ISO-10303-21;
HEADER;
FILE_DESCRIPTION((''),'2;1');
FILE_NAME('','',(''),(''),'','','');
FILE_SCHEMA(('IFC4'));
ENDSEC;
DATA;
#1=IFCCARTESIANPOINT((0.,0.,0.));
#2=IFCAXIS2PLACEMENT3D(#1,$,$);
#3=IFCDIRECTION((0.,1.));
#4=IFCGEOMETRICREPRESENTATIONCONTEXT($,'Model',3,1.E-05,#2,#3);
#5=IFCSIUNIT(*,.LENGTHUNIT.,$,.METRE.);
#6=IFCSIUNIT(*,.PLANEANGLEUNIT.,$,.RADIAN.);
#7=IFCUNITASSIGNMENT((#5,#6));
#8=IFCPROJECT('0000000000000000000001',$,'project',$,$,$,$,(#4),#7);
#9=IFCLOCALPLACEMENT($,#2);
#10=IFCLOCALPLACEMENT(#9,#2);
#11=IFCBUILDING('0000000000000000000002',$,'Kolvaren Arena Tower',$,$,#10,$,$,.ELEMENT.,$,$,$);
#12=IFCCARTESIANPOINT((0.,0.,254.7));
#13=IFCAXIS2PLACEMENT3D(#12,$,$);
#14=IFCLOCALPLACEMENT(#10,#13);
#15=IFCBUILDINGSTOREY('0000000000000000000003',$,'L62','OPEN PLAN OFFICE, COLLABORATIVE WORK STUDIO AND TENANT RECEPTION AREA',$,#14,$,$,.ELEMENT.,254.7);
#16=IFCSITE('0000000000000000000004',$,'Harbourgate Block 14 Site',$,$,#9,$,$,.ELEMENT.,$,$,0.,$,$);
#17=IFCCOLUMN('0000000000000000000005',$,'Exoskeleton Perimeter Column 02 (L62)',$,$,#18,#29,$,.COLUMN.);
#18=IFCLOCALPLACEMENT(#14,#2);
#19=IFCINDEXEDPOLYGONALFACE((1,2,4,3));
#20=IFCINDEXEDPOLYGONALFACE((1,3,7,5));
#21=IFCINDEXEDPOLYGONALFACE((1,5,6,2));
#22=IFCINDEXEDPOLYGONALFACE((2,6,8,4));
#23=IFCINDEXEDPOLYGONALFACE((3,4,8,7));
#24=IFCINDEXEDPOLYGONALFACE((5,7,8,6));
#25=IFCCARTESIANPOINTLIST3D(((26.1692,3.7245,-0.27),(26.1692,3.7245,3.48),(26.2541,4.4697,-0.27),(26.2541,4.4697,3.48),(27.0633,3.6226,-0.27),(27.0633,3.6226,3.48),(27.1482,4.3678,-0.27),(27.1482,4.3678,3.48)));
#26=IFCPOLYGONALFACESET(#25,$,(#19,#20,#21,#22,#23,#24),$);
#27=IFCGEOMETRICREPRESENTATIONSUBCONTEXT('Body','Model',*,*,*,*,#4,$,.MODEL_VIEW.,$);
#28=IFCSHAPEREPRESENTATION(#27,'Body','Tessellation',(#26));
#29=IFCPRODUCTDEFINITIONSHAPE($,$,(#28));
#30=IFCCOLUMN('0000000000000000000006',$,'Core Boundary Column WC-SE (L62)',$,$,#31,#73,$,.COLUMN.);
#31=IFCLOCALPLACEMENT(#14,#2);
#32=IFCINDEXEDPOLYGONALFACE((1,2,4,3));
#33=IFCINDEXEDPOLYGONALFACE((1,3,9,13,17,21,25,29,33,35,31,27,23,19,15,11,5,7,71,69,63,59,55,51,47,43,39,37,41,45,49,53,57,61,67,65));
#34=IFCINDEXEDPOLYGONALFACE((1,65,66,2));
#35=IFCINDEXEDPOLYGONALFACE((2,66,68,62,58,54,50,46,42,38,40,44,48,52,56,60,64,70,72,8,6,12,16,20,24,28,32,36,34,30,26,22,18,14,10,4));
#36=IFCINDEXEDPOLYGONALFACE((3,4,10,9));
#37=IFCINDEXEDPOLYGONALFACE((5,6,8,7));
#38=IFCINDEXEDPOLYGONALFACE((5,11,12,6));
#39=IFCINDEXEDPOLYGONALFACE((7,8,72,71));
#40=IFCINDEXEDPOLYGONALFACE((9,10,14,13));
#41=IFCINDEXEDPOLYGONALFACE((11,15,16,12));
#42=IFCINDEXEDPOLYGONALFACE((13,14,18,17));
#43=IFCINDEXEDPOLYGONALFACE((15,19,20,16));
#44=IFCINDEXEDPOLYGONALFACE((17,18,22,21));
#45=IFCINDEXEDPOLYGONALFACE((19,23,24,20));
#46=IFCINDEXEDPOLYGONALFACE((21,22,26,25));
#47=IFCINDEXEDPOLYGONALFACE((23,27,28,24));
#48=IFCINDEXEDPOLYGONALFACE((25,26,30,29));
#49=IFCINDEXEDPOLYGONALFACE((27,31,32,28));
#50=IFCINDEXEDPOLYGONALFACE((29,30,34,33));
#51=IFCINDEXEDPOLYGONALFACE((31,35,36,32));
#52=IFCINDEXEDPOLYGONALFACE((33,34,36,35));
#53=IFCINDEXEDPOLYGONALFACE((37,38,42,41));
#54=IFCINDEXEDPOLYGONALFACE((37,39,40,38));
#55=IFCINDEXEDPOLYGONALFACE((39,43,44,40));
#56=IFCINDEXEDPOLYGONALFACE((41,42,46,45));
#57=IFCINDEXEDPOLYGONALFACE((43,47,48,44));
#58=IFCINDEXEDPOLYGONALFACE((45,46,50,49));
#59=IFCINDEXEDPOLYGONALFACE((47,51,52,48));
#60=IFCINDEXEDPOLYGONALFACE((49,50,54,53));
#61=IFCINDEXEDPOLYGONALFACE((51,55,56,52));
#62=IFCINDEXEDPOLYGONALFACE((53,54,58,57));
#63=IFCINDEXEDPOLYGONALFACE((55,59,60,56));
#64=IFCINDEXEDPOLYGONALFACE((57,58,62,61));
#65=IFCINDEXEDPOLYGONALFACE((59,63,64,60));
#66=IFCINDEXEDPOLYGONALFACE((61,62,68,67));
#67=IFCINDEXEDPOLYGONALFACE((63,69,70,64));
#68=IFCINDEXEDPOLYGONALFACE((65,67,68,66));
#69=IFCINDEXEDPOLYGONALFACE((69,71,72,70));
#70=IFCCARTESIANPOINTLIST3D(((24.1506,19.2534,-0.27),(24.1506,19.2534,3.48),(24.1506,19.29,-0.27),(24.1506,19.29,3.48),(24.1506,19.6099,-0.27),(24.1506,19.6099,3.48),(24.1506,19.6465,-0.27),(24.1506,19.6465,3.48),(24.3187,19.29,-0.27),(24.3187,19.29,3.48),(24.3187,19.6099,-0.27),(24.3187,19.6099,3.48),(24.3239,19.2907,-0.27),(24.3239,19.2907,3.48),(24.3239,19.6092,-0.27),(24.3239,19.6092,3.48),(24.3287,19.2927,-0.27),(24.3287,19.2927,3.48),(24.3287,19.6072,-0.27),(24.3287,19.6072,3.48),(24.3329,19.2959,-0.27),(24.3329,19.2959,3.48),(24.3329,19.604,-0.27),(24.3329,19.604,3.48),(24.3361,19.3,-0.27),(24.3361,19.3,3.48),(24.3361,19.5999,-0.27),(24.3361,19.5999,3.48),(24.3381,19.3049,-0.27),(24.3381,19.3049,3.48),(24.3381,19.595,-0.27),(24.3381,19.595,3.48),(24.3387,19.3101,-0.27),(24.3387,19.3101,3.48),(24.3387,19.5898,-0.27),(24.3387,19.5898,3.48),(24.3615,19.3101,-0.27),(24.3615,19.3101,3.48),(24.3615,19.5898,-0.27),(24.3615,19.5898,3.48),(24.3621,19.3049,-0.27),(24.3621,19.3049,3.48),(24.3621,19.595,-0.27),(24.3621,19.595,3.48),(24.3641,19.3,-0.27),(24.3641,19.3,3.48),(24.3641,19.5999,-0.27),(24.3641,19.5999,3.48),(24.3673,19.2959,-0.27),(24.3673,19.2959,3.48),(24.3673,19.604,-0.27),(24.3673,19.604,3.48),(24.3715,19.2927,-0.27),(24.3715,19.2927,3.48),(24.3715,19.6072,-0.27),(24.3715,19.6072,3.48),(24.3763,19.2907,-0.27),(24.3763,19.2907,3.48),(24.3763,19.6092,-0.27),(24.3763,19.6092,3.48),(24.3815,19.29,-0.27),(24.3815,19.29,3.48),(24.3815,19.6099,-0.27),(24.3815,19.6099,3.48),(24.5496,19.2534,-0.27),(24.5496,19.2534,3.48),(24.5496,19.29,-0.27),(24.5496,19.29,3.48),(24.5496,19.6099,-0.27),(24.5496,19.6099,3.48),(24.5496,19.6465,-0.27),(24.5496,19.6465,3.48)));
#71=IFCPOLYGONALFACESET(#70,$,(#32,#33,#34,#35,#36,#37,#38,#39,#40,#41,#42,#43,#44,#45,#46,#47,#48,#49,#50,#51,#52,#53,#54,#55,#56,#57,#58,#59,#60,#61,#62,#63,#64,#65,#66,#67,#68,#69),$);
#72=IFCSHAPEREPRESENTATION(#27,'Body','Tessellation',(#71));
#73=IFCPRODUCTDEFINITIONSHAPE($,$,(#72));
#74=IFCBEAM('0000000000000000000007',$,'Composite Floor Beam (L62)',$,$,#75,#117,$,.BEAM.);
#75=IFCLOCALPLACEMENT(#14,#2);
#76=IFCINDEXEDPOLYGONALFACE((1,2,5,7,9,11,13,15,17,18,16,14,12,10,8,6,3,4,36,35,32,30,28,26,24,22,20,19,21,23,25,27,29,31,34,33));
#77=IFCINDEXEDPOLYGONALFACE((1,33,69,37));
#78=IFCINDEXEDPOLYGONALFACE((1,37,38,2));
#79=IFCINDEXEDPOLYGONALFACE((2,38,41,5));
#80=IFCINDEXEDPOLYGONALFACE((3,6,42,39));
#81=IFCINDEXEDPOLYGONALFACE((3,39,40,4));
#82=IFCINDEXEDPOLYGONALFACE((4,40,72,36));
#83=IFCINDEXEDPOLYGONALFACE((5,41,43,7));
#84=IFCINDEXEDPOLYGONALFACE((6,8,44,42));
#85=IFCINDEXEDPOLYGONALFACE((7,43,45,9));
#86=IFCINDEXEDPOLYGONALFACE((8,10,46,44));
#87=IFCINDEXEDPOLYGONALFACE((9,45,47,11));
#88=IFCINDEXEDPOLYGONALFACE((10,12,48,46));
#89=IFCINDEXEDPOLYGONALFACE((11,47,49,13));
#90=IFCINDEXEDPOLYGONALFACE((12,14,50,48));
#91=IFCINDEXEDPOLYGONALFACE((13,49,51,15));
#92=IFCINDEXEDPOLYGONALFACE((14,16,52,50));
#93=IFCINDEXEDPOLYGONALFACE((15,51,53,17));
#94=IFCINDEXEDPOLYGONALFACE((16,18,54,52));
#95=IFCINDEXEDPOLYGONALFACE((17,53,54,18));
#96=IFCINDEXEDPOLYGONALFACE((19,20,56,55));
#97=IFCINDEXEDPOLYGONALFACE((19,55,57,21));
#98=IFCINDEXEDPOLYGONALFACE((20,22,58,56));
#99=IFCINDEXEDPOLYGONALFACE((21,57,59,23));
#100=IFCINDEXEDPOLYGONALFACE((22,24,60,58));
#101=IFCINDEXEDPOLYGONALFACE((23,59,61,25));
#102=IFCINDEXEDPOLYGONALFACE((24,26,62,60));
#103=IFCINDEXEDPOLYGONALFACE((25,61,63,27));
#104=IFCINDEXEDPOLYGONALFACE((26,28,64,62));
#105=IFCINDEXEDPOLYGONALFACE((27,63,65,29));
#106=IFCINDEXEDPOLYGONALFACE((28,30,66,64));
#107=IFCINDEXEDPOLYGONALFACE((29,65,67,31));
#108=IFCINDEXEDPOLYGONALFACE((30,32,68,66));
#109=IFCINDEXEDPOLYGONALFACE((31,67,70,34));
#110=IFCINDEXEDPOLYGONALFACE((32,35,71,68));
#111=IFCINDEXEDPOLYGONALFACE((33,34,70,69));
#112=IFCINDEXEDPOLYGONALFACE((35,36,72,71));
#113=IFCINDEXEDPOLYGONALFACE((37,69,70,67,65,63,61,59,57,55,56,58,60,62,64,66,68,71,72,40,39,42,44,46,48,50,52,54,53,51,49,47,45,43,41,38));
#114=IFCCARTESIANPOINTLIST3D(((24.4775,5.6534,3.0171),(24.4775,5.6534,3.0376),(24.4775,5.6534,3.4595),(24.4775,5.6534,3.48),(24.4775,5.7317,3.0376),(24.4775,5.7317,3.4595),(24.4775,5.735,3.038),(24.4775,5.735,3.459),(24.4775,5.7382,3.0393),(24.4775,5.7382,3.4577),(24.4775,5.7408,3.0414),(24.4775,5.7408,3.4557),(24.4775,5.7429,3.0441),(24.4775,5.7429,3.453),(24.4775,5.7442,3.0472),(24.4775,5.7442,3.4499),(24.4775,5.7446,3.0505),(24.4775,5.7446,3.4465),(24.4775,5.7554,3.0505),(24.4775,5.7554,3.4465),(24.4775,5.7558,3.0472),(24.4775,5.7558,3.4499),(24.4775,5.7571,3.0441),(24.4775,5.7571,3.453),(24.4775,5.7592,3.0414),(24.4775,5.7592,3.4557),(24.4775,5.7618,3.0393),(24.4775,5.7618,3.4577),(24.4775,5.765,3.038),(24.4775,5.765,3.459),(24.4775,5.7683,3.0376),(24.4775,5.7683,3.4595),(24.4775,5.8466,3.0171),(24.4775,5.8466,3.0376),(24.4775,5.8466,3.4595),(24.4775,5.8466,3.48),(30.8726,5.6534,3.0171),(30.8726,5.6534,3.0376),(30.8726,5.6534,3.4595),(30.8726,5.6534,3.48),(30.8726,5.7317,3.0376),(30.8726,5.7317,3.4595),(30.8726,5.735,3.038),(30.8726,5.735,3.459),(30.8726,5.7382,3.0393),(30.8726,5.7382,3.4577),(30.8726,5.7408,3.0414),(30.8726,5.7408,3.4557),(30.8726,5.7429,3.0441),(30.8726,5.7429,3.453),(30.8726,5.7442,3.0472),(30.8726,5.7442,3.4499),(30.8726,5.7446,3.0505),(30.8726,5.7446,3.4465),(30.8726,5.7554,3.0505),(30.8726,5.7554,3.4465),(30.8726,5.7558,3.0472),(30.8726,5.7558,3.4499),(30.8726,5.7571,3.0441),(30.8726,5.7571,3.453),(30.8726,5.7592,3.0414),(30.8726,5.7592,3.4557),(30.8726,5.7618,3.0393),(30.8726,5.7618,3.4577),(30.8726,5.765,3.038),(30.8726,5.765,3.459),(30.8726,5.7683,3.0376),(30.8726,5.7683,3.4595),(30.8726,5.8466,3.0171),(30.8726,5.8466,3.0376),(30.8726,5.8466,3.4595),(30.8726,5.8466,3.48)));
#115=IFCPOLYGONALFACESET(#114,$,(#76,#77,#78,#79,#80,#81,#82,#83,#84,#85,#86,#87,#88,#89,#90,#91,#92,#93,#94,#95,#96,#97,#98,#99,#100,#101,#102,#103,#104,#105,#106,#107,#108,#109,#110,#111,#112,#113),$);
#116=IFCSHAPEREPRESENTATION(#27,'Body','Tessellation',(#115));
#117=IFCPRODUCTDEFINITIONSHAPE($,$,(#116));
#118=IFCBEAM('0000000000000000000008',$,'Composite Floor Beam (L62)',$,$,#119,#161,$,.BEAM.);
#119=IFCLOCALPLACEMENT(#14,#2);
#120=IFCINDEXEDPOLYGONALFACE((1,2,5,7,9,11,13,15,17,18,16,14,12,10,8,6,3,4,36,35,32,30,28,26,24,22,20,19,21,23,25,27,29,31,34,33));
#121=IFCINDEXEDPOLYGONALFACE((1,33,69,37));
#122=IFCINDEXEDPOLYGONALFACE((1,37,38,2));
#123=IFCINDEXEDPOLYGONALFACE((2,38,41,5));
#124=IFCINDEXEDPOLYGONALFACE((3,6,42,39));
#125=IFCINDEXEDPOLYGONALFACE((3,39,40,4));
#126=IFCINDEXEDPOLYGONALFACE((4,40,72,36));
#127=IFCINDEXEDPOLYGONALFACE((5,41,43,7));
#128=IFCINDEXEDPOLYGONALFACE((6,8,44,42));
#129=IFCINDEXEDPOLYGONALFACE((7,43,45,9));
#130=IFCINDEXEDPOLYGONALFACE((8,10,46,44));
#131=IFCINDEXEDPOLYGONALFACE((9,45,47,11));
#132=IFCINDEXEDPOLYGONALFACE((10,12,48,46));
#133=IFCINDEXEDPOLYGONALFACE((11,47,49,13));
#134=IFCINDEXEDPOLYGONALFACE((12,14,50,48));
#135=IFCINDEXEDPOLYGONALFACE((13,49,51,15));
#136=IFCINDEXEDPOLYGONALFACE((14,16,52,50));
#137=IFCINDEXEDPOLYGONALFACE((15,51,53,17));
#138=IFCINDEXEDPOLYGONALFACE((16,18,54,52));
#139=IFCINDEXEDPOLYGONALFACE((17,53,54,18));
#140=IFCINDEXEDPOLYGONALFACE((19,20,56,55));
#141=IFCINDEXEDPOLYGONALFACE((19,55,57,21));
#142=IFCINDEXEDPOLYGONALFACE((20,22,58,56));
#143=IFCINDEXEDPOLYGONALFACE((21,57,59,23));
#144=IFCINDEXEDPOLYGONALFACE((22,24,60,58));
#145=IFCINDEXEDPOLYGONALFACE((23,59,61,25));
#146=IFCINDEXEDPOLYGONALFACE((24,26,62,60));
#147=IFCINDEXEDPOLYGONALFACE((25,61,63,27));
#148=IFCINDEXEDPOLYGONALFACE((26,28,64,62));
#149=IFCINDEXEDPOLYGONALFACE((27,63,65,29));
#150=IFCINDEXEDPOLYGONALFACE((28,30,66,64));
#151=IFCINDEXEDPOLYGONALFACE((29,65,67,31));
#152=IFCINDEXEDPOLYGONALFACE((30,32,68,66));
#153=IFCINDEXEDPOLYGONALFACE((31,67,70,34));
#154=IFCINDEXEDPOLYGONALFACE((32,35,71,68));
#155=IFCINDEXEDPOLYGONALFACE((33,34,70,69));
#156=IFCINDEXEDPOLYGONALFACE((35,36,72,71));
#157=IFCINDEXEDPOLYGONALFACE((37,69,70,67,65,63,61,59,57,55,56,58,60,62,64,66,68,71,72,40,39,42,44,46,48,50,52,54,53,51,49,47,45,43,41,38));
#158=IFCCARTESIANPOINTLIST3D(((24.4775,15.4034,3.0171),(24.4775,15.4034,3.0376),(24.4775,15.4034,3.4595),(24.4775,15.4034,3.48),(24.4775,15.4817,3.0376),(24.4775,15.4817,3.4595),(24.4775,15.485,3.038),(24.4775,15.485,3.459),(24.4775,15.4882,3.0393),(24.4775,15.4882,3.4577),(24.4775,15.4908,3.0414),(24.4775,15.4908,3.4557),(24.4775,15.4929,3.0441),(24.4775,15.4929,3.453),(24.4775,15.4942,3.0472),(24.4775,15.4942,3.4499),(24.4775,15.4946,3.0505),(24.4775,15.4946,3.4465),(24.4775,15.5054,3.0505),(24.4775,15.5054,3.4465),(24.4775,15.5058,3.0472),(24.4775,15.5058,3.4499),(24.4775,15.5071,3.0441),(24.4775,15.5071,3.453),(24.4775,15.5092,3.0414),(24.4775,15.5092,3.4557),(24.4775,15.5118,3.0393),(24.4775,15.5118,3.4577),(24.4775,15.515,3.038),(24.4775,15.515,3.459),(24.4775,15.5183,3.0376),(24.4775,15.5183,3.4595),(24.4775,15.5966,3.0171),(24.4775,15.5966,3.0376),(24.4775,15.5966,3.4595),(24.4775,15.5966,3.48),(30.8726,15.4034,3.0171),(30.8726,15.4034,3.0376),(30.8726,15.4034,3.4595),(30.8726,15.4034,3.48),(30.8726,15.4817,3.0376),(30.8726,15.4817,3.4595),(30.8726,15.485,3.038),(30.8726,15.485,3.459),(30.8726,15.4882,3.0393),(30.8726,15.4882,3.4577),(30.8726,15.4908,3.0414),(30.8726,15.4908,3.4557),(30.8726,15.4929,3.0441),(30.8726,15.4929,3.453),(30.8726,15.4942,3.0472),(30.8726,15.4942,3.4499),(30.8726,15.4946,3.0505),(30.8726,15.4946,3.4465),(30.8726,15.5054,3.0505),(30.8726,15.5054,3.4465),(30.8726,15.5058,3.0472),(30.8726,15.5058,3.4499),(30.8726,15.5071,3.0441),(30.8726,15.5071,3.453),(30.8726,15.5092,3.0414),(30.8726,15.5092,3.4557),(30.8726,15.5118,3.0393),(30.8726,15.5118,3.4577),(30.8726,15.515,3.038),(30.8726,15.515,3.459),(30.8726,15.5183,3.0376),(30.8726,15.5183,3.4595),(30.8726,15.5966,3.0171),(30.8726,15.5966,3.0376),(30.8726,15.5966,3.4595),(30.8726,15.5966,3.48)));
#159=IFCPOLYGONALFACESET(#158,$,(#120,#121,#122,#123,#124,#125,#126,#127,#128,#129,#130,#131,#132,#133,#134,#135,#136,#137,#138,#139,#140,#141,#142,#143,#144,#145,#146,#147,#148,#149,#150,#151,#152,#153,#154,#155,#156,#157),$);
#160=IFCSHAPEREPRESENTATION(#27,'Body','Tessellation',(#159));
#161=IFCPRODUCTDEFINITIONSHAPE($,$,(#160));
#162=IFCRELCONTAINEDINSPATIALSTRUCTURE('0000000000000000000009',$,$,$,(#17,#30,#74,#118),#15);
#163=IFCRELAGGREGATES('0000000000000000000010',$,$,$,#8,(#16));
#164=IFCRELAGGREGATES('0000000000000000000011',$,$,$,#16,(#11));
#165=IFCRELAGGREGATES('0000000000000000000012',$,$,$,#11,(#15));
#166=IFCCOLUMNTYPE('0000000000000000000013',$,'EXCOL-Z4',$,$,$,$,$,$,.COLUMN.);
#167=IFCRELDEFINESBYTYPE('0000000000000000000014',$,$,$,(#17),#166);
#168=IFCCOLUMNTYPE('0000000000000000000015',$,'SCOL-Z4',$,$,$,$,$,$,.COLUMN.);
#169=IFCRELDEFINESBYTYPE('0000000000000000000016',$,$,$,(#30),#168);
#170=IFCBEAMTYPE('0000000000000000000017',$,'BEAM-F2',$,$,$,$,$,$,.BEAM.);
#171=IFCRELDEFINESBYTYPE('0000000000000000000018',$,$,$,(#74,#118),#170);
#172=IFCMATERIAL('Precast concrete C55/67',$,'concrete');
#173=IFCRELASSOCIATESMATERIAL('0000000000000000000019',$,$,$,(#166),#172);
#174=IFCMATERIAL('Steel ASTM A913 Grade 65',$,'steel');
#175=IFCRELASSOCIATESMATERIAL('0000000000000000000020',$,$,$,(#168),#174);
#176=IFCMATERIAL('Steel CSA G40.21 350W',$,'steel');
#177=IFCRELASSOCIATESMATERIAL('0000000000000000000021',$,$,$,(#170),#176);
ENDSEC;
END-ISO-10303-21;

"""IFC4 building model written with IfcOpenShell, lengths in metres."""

from ifc_helpers import new_model, si_unit, direction, frame, origin, origin_2d, place, context, subcontext, project, spatial, rectangle, i_section, extrude, material, material_profile, profile_set, type_object, element, save


model = new_model("IFC4")

# Units and contexts
model_context = context("Model", 3, precision=1e-05, world=origin(), true_north=direction((0.0, 1.0)))
body_context = subcontext(model_context, "Body", "Model", "MODEL_VIEW")
ifc_project = project(units=[si_unit("LENGTHUNIT", "METRE"), si_unit("PLANEANGLEUNIT", "RADIAN")], contexts=[model_context])

# Site, building, storey
site_placement = place(None, origin())
site = spatial("IfcSite", under=ifc_project, at=site_placement, Name="Harbourgate Block 14 Site", CompositionType="ELEMENT", RefElevation=0.0)
building_placement = place(site_placement, origin())
building = spatial("IfcBuilding", under=site, at=building_placement, Name="Kolvaren Arena Tower", CompositionType="ELEMENT")
storey_placement = place(building_placement, frame((0.0, 0.0, 254.7)))
storey = spatial("IfcBuildingStorey", under=building, at=storey_placement, Name="L62", Description="OPEN PLAN OFFICE, COLLABORATIVE WORK STUDIO AND TENANT RECEPTION AREA", CompositionType="ELEMENT", Elevation=254.7)

# Columns
ifc_material_1 = material(Name="Precast concrete C55/67", Category="concrete")
ifc_material_profile_1 = material_profile(ifc_material_1, rectangle(XDim=0.8999, YDim=0.75, at=origin_2d()), Name="RC-900x750")
ifc_profile_set_1 = profile_set([ifc_material_profile_1], Name="Precast concrete C55/67")
column_type_1 = type_object("IfcColumnType", Name="EXCOL-Z4", PredefinedType="COLUMN", material=ifc_profile_set_1)
column_1_placement = place(storey_placement, frame((26.6587, 4.0461, -0.27), z_axis=(0.0, 0.0, 1.0), x_axis=(0.993572, -0.113203, 0.0)))
element("IfcColumn", 1, at=column_1_placement, inside=storey, type_object=column_type_1, Name="Exoskeleton Perimeter Column 02 (L62)", PredefinedType="COLUMN", context=body_context, shape_type="SweptSolid", body=[
    extrude(rectangle(XDim=0.8999, YDim=0.75, at=origin_2d()), origin(), (0.0, 0.0, 1.0), 3.75),
])
ifc_material_2 = material(Name="Steel ASTM A913 Grade 65", Category="steel")
ifc_material_profile_2 = material_profile(ifc_material_2, i_section(OverallWidth=0.3989, OverallDepth=0.3931, WebThickness=0.0227, FlangeThickness=0.0366, FilletRadius=0.02, at=origin_2d()), Name="W360x287")
ifc_profile_set_2 = profile_set([ifc_material_profile_2], Name="Steel ASTM A913 Grade 65")
column_type_2 = type_object("IfcColumnType", Name="SCOL-Z4", PredefinedType="COLUMN", material=ifc_profile_set_2)
column_2_placement = place(storey_placement, frame((24.3501, 19.45, -0.27), z_axis=(0.0, 0.0, 1.0), x_axis=(1.0, 0.0, 0.0)))
element("IfcColumn", 2, at=column_2_placement, inside=storey, type_object=column_type_2, Name="Core Boundary Column WC-SE (L62)", PredefinedType="COLUMN", context=body_context, shape_type="SweptSolid", body=[
    extrude(i_section(OverallWidth=0.3989, OverallDepth=0.3931, WebThickness=0.0227, FlangeThickness=0.0366, FilletRadius=0.02, at=origin_2d()), origin(), (0.0, 0.0, 1.0), 3.75),
])

# Beams
ifc_material_3 = material(Name="Steel CSA G40.21 350W", Category="steel")
ifc_material_profile_3 = material_profile(ifc_material_3, i_section(OverallWidth=0.1931, OverallDepth=0.4629, WebThickness=0.0107, FlangeThickness=0.0205, FilletRadius=0.0129, at=origin_2d()), Name="W460x113")
ifc_profile_set_3 = profile_set([ifc_material_profile_3], Name="Steel CSA G40.21 350W")
beam_type_1 = type_object("IfcBeamType", Name="BEAM-F2", PredefinedType="BEAM", material=ifc_profile_set_3)
for number, where, z_axis, x_axis, name in (
    (3, (24.4775, 5.75, 3.2485), (1.0, 0.0, 0.0), (0.0, 1.0, 0.0), "Composite Floor Beam (L62)"),
    (4, (24.4775, 15.5, 3.2485), (1.0, 0.0, 0.0), (0.0, 1.0, 0.0), "Composite Floor Beam (L62)"),
):
    element("IfcBeam", number, at=place(storey_placement, frame(where, z_axis=z_axis, x_axis=x_axis)), inside=storey, type_object=beam_type_1, Name=name, PredefinedType="BEAM", context=body_context, shape_type="SweptSolid", body=[
        extrude(i_section(OverallWidth=0.1931, OverallDepth=0.4629, WebThickness=0.0107, FlangeThickness=0.0205, FilletRadius=0.0129, at=origin_2d()), origin(), (0.0, 0.0, 1.0), 6.395),
    ])

save(model, "model.ifc")
